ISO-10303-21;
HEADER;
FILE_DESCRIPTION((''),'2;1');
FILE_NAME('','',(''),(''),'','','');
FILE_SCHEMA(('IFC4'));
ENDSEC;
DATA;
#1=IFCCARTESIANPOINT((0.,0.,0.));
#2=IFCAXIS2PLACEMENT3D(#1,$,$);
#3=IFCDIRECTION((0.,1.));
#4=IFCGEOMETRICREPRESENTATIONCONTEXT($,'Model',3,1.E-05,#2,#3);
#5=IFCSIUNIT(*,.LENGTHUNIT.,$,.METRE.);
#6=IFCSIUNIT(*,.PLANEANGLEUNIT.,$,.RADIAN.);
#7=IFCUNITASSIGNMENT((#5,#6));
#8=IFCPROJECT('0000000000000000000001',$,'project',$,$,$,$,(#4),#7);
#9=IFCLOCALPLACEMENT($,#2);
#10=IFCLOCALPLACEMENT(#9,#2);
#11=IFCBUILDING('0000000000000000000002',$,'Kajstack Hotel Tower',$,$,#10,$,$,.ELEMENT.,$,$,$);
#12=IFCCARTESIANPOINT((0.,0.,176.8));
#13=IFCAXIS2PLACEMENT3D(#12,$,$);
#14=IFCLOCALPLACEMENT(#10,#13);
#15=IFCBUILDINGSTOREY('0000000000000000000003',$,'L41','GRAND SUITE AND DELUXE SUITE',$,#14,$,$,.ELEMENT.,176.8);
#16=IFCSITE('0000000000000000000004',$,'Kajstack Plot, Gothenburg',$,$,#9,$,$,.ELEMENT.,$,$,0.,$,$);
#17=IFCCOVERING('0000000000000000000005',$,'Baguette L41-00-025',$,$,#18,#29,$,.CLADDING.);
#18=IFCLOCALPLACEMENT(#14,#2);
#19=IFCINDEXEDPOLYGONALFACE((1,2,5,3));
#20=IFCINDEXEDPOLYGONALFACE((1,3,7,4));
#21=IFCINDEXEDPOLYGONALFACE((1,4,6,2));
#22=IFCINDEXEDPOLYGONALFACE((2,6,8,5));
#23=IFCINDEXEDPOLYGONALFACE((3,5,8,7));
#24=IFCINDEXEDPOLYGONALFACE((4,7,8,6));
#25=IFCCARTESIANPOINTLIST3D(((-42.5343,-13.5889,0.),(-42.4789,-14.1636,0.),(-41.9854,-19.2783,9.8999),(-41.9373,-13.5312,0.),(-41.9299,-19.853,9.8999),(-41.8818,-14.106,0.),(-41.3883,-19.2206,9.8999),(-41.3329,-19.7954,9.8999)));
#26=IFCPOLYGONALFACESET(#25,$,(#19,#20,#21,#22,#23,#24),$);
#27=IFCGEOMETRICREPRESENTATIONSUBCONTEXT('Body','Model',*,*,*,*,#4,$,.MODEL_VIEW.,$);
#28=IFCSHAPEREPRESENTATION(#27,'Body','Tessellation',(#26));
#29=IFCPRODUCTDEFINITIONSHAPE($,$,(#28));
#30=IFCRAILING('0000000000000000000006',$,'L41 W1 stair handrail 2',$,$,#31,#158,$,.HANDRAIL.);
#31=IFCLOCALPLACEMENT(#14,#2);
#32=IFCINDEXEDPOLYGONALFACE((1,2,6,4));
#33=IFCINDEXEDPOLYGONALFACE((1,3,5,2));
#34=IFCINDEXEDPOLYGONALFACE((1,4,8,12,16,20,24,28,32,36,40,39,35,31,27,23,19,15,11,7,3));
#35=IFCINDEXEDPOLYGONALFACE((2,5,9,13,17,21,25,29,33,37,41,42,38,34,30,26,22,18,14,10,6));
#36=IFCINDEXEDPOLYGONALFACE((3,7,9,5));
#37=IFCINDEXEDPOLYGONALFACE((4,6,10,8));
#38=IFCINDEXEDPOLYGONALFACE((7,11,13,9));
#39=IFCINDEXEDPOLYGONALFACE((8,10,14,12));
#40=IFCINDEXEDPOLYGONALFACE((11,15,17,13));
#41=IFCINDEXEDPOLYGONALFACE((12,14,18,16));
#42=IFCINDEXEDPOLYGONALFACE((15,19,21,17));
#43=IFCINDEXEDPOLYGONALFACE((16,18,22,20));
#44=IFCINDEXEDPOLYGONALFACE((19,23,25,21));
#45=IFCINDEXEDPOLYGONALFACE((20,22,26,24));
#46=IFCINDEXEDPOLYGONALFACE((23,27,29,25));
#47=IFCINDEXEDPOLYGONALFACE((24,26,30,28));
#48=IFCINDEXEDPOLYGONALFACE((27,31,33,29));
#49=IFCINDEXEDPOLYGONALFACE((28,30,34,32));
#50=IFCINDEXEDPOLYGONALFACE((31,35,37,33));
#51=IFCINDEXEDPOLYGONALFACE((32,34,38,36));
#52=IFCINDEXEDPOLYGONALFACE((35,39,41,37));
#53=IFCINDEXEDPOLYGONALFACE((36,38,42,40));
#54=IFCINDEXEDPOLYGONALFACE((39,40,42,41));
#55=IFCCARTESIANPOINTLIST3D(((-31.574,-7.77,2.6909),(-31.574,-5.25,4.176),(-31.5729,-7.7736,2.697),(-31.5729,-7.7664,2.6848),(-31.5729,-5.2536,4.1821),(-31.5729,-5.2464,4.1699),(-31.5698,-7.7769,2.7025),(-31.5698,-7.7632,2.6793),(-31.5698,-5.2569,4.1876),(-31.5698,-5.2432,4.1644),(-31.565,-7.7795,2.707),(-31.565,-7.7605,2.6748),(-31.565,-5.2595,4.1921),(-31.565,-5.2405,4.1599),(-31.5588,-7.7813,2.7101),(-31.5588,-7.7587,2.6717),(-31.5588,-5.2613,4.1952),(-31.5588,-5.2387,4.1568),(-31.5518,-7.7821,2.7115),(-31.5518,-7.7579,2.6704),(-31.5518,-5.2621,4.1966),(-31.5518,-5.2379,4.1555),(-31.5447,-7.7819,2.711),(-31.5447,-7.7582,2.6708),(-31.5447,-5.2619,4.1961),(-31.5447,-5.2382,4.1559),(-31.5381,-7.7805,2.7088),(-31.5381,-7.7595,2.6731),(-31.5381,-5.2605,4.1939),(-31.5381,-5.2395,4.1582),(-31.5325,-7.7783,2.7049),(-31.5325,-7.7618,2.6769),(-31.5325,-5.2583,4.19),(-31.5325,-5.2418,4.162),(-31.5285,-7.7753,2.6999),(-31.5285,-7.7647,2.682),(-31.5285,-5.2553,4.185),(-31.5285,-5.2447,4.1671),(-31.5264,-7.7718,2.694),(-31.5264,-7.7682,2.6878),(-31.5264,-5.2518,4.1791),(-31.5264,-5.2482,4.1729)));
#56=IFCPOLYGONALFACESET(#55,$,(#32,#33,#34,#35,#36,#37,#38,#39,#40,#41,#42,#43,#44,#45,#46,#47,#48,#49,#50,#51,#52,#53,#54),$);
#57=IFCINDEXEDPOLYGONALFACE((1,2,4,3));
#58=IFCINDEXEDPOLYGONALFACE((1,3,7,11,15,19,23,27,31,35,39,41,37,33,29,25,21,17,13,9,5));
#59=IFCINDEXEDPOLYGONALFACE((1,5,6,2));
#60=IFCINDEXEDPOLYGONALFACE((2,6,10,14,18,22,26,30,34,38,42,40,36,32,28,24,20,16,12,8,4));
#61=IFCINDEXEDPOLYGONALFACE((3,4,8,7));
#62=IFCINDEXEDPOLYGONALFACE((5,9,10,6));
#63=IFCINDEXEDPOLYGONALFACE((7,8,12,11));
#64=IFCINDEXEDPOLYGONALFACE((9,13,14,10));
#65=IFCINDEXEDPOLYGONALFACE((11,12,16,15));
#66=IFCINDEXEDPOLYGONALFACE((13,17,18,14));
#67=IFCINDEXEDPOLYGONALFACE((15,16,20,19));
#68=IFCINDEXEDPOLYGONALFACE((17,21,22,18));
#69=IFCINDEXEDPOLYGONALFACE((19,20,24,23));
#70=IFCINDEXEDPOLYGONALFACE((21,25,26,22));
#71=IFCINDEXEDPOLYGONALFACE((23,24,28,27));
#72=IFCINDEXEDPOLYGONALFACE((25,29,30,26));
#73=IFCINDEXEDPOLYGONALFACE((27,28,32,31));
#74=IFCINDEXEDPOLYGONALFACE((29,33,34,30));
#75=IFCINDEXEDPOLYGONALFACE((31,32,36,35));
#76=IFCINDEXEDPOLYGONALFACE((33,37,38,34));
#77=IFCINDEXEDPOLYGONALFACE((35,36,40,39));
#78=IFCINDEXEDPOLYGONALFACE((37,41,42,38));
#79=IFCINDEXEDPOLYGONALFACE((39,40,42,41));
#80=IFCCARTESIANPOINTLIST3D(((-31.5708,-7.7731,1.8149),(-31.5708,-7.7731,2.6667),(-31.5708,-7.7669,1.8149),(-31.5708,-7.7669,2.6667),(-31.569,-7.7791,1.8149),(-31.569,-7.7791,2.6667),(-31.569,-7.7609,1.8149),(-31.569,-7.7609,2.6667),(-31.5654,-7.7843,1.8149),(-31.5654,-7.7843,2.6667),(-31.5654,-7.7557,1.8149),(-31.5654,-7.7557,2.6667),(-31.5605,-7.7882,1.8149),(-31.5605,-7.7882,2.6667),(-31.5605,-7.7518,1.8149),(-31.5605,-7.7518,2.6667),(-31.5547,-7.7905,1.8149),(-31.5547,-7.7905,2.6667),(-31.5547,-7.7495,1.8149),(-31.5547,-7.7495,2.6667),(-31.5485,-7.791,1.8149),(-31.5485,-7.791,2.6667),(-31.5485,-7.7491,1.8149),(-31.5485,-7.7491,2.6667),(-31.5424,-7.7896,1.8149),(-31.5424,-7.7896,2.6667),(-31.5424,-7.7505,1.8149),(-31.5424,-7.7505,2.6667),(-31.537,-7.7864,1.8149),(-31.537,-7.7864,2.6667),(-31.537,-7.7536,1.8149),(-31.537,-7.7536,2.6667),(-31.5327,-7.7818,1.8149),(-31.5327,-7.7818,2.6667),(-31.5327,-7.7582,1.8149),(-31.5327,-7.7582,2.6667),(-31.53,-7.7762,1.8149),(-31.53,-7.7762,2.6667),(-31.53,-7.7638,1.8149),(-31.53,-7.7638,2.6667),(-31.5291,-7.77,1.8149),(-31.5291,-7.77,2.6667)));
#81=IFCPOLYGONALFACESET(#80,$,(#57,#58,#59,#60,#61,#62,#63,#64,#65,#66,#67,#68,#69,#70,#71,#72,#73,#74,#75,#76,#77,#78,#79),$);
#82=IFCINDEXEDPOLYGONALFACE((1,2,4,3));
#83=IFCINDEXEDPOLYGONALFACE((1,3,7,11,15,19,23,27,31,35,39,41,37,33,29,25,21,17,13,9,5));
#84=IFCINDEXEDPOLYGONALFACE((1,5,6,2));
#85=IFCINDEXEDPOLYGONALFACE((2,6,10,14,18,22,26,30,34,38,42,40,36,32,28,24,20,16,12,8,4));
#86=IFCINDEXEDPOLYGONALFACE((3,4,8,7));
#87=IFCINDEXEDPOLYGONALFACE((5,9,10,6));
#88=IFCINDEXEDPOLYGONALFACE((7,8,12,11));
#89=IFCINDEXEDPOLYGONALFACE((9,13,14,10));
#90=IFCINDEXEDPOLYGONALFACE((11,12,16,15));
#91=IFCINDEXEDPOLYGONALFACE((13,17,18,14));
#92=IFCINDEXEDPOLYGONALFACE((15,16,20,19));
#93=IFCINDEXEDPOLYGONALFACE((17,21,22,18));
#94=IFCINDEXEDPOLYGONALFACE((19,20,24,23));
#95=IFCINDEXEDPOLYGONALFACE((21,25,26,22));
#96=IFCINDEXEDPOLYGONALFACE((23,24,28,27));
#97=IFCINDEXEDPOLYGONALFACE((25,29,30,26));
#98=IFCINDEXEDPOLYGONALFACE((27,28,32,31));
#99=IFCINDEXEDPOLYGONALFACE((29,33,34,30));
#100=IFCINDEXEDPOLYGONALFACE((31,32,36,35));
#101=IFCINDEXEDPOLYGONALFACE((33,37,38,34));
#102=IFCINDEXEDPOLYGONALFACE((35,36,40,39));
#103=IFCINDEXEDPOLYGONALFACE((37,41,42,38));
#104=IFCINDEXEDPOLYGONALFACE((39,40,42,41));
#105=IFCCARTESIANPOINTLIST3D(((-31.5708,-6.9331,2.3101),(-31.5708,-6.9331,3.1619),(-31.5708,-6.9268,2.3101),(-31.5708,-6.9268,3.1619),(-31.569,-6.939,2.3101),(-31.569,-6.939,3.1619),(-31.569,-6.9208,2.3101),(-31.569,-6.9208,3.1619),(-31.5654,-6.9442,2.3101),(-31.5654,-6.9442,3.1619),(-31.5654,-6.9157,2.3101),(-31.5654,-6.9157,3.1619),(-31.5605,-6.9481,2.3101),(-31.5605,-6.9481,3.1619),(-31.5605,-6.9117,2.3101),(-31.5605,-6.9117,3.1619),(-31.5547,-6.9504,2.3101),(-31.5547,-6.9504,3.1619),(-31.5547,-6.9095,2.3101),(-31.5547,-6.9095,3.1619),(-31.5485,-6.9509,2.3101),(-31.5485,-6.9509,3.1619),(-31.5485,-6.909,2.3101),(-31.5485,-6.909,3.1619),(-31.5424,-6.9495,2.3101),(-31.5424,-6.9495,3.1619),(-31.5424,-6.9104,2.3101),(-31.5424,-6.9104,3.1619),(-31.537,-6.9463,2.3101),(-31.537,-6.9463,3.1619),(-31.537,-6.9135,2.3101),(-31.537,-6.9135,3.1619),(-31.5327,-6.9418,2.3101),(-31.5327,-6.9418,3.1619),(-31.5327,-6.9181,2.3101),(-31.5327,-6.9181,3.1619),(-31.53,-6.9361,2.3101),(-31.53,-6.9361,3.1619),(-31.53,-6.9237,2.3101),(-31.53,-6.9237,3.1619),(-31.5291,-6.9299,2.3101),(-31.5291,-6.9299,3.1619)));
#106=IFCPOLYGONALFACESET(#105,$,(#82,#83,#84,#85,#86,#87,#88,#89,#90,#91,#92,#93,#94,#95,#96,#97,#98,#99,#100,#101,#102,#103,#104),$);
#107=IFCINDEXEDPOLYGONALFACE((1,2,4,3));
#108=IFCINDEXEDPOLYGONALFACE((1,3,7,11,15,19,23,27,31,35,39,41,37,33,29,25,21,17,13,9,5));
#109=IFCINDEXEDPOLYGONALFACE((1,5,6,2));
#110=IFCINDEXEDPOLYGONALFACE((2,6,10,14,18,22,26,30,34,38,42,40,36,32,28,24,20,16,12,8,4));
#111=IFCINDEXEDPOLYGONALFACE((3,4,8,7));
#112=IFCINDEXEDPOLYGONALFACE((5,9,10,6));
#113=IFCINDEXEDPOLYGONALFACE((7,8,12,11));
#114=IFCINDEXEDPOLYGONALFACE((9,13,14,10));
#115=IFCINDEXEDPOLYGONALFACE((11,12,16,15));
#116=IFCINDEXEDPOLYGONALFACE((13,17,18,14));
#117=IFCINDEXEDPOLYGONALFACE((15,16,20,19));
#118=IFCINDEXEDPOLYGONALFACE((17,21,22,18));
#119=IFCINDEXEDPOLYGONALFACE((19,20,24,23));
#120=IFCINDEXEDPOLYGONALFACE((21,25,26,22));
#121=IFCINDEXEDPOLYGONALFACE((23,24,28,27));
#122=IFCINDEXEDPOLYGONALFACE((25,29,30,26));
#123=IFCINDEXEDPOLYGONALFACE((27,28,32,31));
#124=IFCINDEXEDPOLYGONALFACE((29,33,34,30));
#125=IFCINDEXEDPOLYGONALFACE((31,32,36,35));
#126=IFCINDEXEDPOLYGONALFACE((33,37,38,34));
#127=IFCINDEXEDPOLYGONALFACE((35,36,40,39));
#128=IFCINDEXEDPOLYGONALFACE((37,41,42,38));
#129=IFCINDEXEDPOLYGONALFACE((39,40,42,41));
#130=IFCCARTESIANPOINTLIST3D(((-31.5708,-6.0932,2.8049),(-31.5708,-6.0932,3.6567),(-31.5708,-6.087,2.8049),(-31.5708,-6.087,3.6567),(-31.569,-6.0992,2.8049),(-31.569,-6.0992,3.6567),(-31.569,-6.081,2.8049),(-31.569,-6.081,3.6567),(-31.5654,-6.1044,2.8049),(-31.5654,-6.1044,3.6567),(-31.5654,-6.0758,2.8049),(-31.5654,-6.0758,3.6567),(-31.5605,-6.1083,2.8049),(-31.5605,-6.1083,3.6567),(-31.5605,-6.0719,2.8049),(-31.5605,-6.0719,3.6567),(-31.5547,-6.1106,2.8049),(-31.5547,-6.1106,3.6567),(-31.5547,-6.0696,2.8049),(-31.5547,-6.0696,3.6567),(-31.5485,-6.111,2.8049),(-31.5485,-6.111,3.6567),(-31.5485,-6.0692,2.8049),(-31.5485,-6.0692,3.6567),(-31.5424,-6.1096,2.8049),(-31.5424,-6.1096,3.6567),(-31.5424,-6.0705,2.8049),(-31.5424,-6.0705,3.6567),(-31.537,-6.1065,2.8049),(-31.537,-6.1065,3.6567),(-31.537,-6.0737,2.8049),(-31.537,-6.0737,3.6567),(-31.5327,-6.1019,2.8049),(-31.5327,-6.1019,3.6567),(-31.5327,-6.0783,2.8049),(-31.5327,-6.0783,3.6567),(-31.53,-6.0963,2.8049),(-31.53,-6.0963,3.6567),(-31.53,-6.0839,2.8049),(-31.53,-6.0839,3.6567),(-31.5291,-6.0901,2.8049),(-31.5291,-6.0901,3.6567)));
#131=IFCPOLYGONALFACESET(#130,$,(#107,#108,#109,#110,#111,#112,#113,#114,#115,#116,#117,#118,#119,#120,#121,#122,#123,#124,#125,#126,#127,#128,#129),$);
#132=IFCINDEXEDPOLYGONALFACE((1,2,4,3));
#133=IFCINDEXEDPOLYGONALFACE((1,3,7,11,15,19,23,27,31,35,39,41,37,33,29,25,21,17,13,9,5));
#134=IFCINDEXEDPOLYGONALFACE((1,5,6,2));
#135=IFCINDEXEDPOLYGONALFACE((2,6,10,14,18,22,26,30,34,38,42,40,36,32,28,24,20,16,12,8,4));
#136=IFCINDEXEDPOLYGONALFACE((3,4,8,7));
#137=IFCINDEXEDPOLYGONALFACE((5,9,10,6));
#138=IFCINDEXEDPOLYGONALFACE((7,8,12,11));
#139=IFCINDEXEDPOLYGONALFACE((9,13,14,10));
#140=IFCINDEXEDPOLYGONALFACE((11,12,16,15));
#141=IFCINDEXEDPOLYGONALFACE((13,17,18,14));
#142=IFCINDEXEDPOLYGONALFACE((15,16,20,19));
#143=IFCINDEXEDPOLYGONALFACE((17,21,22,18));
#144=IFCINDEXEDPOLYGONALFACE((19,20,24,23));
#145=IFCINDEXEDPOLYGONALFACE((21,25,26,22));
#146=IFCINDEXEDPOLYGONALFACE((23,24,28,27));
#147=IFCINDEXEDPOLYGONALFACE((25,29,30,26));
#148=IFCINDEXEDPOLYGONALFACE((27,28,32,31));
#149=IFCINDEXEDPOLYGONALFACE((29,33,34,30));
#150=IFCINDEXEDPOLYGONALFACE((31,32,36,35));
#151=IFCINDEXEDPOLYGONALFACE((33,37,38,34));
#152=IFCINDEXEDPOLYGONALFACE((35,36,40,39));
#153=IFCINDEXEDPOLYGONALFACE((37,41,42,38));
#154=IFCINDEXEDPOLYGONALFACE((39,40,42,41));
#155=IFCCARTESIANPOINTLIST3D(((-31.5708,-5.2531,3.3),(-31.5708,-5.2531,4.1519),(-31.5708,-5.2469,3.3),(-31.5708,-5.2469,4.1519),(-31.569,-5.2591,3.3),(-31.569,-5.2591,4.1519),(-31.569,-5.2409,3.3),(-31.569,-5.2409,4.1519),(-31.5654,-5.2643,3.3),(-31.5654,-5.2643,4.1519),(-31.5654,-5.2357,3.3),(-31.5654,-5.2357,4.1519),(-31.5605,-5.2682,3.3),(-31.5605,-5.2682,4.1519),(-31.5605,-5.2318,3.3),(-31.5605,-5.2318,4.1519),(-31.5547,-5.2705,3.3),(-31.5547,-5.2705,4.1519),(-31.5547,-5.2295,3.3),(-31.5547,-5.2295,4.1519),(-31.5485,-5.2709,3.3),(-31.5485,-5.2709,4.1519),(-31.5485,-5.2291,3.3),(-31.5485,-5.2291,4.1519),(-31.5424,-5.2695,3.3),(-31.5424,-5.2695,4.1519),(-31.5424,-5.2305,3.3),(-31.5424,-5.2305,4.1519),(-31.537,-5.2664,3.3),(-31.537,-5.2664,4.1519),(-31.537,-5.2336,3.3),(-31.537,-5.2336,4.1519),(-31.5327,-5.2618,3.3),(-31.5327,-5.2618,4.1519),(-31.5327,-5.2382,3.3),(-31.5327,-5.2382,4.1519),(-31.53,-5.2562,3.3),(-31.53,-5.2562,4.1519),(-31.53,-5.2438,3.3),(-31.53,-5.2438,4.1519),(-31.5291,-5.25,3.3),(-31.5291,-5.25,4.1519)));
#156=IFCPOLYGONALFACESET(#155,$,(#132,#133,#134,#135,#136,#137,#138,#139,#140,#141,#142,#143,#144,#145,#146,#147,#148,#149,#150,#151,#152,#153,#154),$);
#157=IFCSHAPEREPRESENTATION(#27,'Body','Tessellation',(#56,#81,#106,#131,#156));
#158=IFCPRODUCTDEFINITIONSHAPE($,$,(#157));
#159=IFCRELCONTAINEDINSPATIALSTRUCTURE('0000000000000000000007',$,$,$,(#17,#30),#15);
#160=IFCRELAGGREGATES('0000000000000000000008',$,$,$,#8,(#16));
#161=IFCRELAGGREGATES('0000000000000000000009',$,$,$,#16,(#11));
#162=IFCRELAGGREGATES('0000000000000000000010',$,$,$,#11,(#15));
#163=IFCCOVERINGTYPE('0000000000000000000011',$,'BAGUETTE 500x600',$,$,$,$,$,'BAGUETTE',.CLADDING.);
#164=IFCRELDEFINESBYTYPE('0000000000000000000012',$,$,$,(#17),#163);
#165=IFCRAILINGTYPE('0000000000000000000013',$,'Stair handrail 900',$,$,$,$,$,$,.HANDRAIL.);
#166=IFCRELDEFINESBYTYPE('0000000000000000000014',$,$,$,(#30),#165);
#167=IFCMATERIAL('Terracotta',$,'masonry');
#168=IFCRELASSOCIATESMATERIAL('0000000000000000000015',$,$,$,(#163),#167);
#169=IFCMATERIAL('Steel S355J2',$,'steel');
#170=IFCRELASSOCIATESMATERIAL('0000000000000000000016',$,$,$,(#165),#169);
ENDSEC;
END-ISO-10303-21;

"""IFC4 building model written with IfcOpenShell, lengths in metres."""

from ifc_helpers import new_model, si_unit, direction, frame, origin, origin_2d, place, context, subcontext, project, spatial, polyline, rectangle, circle, outline, extrude, material, material_profile, profile_set, type_object, element, save


model = new_model("IFC4")

# Units and contexts
model_context = context("Model", 3, precision=1e-05, world=origin(), true_north=direction((0.0, 1.0)))
body_context = subcontext(model_context, "Body", "Model", "MODEL_VIEW")
ifc_project = project(units=[si_unit("LENGTHUNIT", "METRE"), si_unit("PLANEANGLEUNIT", "RADIAN")], contexts=[model_context])

# Site, building, storey
site_placement = place(None, origin())
site = spatial("IfcSite", under=ifc_project, at=site_placement, Name="Kajstack Plot, Gothenburg", CompositionType="ELEMENT", RefElevation=0.0)
building_placement = place(site_placement, origin())
building = spatial("IfcBuilding", under=site, at=building_placement, Name="Kajstack Hotel Tower", CompositionType="ELEMENT")
storey_placement = place(building_placement, frame((0.0, 0.0, 176.8)))
storey = spatial("IfcBuildingStorey", under=building, at=storey_placement, Name="L41", Description="GRAND SUITE AND DELUXE SUITE", CompositionType="ELEMENT", Elevation=176.8)

# Covering
ifc_material_1 = material(Name="Terracotta", Category="masonry")
ifc_material_profile = material_profile(ifc_material_1, rectangle(XDim=0.6001, YDim=0.5, at=origin_2d()), Name="Terracotta-clad concrete baguette 500 x 600")
ifc_profile_set = profile_set([ifc_material_profile], Name="Terracotta")
covering_type = type_object("IfcCoveringType", Name="BAGUETTE 500x600", ElementType="BAGUETTE", PredefinedType="CLADDING", material=ifc_profile_set)
covering_1_placement = place(storey_placement, frame((-41.9373, -13.5312, 0.0), z_axis=(-0.995378, -0.096038, 0.0), x_axis=(0.096038, -0.995378, 0.0)))
element("IfcCovering", 1, at=covering_1_placement, inside=storey, type_object=covering_type, Name="Baguette L41-00-025", PredefinedType="CLADDING", context=body_context, shape_type="SweptSolid", body=[
    extrude(outline(polyline([(5.7158, 9.8999), (0.0, 0.0), (0.5774, 0.0), (6.2932, 9.8999), (5.7158, 9.8999)])), origin(), (0.0, 0.0, 1.0), 0.5999),
])

# Railing
ifc_material_2 = material(Name="Steel S355J2", Category="steel")
railing_type_1 = type_object("IfcRailingType", Name="Stair handrail 900", PredefinedType="HANDRAIL", material=ifc_material_2)
railing_1_placement = place(storey_placement, frame((-31.55, -7.77, 1.8149)))
element("IfcRailing", 2, at=railing_1_placement, inside=storey, type_object=railing_type_1, Name="L41 W1 stair handrail 2", PredefinedType="HANDRAIL", context=body_context, shape_type="SweptSolid", body=[
    extrude(circle(Radius=0.0239, at=origin_2d()), frame((0.0, 0.0, 0.876), z_axis=(0.0, 0.861524, 0.507717), x_axis=(-1.0, 0.0, 0.0)), (0.0, 0.0, 1.0), 2.925),
    extrude(circle(Radius=0.021, at=origin_2d()), origin(), (0.0, 0.0, 1.0), 0.8518),
    extrude(circle(Radius=0.021, at=origin_2d()), frame((0.0, 0.8401, 0.4951)), (0.0, 0.0, 1.0), 0.8518),
    extrude(circle(Radius=0.021, at=origin_2d()), frame((0.0, 1.6799, 0.99)), (0.0, 0.0, 1.0), 0.8518),
    extrude(circle(Radius=0.021, at=origin_2d()), frame((0.0, 2.52, 1.4851)), (0.0, 0.0, 1.0), 0.8518),
])

save(model, "model.ifc")
